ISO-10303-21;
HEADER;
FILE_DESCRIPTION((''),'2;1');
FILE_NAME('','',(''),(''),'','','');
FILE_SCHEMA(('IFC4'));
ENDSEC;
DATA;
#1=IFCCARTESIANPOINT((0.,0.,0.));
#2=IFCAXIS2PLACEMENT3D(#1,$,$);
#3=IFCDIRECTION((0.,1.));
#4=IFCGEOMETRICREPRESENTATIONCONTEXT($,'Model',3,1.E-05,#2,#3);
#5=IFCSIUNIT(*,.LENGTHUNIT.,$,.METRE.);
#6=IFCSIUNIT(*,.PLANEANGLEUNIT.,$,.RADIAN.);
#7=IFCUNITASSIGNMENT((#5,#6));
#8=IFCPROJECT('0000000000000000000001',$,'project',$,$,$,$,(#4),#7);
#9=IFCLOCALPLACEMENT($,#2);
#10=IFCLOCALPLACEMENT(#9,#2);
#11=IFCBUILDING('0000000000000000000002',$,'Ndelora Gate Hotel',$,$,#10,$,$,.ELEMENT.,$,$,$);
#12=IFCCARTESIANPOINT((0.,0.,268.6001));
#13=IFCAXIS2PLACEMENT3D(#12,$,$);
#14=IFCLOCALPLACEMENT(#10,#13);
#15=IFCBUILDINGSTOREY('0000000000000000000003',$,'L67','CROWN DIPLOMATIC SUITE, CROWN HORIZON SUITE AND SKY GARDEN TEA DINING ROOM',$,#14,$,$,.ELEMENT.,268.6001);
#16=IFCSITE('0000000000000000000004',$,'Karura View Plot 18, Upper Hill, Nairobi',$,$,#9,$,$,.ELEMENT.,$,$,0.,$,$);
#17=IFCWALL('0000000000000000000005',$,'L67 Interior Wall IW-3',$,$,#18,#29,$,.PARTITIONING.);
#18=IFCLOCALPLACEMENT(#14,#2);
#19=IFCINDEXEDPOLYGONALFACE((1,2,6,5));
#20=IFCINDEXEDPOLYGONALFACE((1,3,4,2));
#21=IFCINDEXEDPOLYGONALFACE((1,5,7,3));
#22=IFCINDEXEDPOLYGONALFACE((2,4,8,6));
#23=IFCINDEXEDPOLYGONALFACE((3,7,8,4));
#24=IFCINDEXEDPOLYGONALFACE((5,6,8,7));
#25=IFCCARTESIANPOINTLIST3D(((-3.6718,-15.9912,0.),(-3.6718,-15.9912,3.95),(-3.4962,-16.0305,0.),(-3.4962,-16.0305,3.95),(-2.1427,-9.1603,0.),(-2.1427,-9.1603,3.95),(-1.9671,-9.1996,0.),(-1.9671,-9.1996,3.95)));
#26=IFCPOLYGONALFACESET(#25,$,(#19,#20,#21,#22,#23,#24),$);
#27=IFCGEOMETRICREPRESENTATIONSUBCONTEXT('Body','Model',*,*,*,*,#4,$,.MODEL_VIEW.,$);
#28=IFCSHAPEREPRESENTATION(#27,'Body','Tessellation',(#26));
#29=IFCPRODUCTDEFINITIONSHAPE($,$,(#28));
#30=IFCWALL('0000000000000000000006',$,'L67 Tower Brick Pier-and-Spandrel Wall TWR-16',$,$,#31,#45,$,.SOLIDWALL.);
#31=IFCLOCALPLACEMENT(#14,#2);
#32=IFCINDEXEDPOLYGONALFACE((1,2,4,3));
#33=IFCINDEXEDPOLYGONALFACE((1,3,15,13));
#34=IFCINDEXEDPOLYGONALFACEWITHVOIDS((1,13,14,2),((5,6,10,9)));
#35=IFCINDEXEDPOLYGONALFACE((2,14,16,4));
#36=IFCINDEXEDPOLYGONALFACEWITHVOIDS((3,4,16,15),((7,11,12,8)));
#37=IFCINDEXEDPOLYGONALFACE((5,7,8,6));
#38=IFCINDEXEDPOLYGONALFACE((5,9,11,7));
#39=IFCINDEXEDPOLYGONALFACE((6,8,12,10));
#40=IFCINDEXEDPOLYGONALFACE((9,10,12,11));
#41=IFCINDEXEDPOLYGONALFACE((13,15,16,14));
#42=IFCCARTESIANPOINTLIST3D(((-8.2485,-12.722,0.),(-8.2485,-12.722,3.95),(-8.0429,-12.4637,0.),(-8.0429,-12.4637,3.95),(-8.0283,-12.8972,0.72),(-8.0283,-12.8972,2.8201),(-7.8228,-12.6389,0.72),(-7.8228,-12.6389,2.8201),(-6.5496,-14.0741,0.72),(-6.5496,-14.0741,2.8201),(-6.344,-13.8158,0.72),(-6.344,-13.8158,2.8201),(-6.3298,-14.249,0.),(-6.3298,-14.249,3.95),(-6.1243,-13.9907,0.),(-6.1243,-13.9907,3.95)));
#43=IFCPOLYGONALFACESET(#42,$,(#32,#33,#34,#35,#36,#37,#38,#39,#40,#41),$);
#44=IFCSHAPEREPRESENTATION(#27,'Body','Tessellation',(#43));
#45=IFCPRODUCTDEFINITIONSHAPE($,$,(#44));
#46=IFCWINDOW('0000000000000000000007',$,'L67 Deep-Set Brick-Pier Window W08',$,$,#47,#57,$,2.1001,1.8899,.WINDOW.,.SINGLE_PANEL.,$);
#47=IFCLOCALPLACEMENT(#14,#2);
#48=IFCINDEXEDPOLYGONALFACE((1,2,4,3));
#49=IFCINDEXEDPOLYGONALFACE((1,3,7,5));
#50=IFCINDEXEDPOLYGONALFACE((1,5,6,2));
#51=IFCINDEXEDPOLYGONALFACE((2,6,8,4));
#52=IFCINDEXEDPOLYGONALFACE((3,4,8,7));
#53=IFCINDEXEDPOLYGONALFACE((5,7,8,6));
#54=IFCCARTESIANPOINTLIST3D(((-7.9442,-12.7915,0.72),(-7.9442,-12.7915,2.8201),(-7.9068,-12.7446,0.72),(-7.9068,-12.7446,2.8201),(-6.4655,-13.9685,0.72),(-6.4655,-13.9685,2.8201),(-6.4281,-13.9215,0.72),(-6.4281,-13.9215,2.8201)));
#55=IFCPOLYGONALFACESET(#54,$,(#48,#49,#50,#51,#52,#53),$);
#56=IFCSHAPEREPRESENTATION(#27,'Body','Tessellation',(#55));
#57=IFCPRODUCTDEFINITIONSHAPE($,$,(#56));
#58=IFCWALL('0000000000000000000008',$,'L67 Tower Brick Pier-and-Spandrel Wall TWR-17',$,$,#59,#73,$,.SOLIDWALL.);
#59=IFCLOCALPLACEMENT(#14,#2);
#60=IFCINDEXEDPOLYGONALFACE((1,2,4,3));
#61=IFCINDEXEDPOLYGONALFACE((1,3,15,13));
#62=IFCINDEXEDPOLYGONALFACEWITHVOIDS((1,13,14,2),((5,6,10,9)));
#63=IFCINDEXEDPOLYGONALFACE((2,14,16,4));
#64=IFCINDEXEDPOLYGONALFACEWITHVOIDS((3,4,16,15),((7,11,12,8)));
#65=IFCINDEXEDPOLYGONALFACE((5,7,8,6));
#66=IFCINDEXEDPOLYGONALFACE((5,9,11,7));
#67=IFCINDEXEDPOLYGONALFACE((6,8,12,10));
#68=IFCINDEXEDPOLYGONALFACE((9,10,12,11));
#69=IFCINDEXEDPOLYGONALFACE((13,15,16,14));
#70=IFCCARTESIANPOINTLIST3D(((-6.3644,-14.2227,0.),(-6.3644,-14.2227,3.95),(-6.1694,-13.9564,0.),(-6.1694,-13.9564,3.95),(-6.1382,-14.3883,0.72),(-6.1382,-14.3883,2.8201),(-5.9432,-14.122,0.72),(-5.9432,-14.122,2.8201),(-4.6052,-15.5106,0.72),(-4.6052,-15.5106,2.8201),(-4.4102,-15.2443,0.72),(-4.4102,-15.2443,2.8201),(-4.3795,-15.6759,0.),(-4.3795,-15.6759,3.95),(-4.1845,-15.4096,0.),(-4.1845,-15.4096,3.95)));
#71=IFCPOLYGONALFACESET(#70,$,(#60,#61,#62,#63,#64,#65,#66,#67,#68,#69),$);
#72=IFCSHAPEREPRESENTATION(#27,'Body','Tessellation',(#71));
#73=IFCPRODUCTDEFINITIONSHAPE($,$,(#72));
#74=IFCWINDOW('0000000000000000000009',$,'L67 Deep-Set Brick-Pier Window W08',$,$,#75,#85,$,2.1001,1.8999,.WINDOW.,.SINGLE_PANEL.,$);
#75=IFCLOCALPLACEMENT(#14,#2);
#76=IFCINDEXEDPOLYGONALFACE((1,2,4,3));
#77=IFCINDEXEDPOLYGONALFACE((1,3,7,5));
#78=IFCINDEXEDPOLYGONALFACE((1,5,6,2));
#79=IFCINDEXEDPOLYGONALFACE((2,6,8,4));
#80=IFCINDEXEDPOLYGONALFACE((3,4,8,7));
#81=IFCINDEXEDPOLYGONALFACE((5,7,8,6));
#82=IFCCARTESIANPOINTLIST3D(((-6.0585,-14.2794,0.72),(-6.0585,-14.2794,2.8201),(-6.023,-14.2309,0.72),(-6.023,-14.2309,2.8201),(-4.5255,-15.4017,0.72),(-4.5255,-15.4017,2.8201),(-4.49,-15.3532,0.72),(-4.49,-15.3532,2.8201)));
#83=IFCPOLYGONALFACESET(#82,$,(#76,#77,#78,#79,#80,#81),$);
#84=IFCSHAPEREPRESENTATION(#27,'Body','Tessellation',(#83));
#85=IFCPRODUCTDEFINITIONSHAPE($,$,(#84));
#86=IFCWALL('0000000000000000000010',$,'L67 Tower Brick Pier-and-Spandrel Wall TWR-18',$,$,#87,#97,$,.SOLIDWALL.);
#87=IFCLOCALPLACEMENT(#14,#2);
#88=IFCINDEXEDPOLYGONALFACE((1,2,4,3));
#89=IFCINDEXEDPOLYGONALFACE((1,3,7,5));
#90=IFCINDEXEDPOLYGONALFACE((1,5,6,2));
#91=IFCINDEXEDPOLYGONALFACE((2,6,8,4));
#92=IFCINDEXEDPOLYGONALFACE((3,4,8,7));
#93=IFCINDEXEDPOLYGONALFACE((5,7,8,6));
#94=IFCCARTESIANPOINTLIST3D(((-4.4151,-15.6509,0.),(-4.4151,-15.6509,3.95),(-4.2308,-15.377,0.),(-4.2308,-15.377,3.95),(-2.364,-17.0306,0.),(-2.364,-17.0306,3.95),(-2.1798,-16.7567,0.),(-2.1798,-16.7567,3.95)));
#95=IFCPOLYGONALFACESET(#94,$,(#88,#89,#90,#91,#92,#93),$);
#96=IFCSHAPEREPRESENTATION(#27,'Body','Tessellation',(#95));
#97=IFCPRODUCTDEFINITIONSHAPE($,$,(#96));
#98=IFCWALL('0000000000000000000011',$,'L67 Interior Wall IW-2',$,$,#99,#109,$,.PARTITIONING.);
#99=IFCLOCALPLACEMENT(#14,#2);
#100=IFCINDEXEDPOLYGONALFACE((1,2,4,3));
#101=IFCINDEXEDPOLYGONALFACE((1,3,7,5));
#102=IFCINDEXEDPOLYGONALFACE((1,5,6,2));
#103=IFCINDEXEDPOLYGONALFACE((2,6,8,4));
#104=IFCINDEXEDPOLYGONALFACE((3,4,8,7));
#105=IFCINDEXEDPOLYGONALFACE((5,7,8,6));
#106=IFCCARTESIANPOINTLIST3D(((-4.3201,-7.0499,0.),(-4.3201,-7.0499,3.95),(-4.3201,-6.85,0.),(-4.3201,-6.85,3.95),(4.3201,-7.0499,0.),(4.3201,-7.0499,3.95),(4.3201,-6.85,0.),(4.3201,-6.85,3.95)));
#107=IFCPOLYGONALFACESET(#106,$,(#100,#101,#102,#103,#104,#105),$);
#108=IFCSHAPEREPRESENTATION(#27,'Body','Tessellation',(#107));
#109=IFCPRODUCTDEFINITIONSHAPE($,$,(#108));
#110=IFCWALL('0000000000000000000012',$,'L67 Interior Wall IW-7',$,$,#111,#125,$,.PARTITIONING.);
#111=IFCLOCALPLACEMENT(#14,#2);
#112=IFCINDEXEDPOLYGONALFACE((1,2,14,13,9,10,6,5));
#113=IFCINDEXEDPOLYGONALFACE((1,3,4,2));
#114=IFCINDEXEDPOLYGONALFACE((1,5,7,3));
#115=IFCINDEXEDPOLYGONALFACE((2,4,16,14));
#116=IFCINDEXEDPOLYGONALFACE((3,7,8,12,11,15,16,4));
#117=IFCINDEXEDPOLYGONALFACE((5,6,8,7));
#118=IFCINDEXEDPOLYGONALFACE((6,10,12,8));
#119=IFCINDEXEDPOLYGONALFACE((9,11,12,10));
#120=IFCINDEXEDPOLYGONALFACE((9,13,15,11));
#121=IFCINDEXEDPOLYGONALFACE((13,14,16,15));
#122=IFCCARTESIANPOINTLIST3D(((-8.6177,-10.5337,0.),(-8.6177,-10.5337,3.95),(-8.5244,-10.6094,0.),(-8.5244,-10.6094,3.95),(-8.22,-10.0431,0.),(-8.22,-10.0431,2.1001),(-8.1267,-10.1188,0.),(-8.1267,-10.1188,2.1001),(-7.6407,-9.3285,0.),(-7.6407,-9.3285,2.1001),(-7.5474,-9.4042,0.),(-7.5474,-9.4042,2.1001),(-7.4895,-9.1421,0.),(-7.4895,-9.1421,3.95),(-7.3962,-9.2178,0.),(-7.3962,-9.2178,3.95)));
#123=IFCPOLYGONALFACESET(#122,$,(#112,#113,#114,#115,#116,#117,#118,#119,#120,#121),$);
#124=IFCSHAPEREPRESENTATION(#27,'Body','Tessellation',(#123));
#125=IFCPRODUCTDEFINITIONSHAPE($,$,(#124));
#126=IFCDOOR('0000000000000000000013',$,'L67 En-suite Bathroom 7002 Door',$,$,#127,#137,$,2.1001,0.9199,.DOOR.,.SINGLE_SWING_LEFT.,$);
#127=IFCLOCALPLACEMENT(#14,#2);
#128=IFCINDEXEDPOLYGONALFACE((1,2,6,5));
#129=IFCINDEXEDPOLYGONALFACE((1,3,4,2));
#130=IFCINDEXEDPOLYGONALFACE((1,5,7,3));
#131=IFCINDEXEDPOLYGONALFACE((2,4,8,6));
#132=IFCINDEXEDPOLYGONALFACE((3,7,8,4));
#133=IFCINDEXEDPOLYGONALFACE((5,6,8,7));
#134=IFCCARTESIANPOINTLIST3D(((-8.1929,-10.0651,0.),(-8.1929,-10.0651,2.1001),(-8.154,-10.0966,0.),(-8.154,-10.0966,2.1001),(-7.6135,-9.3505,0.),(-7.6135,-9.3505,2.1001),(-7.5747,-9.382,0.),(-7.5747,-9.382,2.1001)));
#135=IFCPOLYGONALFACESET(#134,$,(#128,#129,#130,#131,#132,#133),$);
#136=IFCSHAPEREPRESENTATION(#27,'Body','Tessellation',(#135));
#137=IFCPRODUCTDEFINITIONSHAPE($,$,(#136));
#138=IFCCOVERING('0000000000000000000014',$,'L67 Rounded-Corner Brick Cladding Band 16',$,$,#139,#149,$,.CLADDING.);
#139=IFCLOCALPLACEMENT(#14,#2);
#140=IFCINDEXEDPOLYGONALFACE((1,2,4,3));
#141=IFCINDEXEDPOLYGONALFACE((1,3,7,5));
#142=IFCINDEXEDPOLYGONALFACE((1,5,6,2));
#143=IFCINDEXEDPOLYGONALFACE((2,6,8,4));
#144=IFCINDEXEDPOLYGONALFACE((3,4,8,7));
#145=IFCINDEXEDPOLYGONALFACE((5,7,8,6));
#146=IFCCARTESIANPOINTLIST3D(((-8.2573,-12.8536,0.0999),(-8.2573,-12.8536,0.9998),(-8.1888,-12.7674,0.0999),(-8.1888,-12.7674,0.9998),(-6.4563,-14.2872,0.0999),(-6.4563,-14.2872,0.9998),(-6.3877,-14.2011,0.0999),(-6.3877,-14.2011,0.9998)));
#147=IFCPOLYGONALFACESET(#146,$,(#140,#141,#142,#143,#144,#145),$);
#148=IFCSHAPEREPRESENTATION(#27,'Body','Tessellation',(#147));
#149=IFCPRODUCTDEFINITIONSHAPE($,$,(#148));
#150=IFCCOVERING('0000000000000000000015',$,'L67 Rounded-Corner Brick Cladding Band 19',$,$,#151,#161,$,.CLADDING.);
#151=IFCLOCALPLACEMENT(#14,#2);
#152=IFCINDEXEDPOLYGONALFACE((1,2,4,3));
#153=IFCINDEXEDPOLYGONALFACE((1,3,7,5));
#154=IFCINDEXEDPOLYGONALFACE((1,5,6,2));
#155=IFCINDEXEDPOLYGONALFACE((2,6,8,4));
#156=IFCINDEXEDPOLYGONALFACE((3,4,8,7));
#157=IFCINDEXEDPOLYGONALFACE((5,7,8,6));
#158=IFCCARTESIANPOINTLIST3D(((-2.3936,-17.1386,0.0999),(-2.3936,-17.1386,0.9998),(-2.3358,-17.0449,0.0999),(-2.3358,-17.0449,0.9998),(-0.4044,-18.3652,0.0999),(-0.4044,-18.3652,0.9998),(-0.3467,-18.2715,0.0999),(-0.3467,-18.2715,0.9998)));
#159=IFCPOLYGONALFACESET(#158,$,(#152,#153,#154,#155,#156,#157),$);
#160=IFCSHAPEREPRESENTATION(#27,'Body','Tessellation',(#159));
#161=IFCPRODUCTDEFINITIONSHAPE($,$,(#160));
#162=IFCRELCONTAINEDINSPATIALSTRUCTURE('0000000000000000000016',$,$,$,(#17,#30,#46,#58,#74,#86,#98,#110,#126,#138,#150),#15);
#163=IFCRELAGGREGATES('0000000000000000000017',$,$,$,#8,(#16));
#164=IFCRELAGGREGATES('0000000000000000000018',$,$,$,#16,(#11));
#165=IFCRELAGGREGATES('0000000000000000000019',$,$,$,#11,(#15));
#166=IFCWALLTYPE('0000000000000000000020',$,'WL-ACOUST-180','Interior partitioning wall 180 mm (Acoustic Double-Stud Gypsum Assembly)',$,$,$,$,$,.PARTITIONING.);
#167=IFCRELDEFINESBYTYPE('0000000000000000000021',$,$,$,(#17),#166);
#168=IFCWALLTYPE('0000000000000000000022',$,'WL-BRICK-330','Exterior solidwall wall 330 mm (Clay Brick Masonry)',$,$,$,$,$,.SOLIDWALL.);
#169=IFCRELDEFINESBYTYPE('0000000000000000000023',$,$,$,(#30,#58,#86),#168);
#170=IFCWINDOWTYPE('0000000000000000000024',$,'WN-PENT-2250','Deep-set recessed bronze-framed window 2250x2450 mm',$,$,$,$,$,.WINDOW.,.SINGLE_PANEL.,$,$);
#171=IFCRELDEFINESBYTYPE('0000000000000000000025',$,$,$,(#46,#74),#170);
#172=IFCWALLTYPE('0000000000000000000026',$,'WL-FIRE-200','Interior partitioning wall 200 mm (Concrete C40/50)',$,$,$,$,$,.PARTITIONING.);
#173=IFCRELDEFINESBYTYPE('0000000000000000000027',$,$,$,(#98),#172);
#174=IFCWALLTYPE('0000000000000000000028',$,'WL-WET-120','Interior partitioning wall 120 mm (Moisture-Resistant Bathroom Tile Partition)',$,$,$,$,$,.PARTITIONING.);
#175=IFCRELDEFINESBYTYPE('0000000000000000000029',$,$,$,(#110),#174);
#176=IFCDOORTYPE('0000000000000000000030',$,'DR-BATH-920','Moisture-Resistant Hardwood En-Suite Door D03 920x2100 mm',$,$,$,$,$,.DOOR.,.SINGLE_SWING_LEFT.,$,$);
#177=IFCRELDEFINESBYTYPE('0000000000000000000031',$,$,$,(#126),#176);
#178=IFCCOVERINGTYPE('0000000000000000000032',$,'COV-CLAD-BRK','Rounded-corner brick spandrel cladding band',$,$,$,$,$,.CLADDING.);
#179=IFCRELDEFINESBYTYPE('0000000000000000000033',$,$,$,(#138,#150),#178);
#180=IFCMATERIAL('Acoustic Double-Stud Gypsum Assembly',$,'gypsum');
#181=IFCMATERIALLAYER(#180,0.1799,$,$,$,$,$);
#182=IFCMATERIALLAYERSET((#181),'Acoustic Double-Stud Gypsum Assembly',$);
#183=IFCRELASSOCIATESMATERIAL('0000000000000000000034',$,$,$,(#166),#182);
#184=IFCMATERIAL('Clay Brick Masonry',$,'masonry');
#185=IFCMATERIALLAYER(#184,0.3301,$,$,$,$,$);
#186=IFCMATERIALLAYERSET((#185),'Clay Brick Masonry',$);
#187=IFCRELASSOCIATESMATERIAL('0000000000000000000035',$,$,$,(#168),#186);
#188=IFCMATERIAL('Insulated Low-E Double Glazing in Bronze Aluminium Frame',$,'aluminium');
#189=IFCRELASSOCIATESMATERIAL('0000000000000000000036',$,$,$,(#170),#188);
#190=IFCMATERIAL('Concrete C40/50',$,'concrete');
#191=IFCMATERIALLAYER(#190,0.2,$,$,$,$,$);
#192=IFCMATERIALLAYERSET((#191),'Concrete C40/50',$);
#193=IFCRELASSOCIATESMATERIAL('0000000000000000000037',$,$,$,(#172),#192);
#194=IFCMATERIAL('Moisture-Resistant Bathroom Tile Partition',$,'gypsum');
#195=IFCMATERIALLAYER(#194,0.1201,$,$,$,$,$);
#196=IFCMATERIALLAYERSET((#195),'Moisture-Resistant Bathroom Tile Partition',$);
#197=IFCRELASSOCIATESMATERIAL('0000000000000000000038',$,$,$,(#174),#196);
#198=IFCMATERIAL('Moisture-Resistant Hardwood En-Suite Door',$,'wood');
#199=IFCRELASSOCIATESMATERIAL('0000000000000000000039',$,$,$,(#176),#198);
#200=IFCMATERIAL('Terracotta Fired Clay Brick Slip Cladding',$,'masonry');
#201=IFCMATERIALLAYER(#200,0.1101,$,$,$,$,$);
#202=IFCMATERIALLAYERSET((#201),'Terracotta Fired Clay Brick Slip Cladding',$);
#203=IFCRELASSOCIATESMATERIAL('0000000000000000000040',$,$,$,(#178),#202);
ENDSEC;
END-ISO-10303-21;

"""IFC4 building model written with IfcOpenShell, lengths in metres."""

from ifc_helpers import new_model, si_unit, direction, frame, frame_2d, origin, origin_2d, place, context, subcontext, project, spatial, rectangle, extrude, material, layer, layer_set, type_object, element, fill, save


model = new_model("IFC4")

# Units and contexts
model_context = context("Model", 3, precision=1e-05, world=origin(), true_north=direction((0.0, 1.0)))
body_context = subcontext(model_context, "Body", "Model", "MODEL_VIEW")
ifc_project = project(units=[si_unit("LENGTHUNIT", "METRE"), si_unit("PLANEANGLEUNIT", "RADIAN")], contexts=[model_context])

# Site, building, storey
site_placement = place(None, origin())
site = spatial("IfcSite", under=ifc_project, at=site_placement, Name="Karura View Plot 18, Upper Hill, Nairobi", CompositionType="ELEMENT", RefElevation=0.0)
building_placement = place(site_placement, origin())
building = spatial("IfcBuilding", under=site, at=building_placement, Name="Ndelora Gate Hotel", CompositionType="ELEMENT")
storey_placement = place(building_placement, frame((0.0, 0.0, 268.6001)))
storey = spatial("IfcBuildingStorey", under=building, at=storey_placement, Name="L67", Description="CROWN DIPLOMATIC SUITE, CROWN HORIZON SUITE AND SKY GARDEN TEA DINING ROOM", CompositionType="ELEMENT", Elevation=268.6001)

# Wall
ifc_material_1 = material(Name="Acoustic Double-Stud Gypsum Assembly", Category="gypsum")
ifc_layer_1 = layer(ifc_material_1, 0.1799)
ifc_layer_set_1 = layer_set([ifc_layer_1], Name="Acoustic Double-Stud Gypsum Assembly")
wall_type_1 = type_object("IfcWallType", Name="WL-ACOUST-180", Description="Interior partitioning wall 180 mm (Acoustic Double-Stud Gypsum Assembly)", PredefinedType="PARTITIONING", material=ifc_layer_set_1)
wall_1_placement = place(storey_placement, frame((-2.0549, -9.1799, 0.0), z_axis=(0.0, 0.0, 1.0), x_axis=(-0.218433, -0.975852, 0.0)))
element("IfcWall", 1, at=wall_1_placement, inside=storey, type_object=wall_type_1, Name="L67 Interior Wall IW-3", PredefinedType="PARTITIONING", context=body_context, shape_type="SweptSolid", body=[
    extrude(rectangle(XDim=7.0, YDim=0.1799, at=frame_2d((3.5, 0.0))), origin(), (0.0, 0.0, 1.0), 3.95),
])

# Walls, openings, windows
ifc_material_2 = material(Name="Clay Brick Masonry", Category="masonry")
ifc_layer_2 = layer(ifc_material_2, 0.3301)
ifc_layer_set_2 = layer_set([ifc_layer_2], Name="Clay Brick Masonry")
wall_type_2 = type_object("IfcWallType", Name="WL-BRICK-330", Description="Exterior solidwall wall 330 mm (Clay Brick Masonry)", PredefinedType="SOLIDWALL", material=ifc_layer_set_2)
wall_2_placement = place(storey_placement, frame((-6.2271, -14.1199, 0.0), z_axis=(0.0, 0.0, 1.0), x_axis=(-0.78243, 0.622738, 0.0)))
wall_2 = element("IfcWall", 2, at=wall_2_placement, inside=storey, type_object=wall_type_2, Name="L67 Tower Brick Pier-and-Spandrel Wall TWR-16", PredefinedType="SOLIDWALL", context=body_context, shape_type="SweptSolid", body=[
    extrude(rectangle(XDim=2.4521, YDim=0.3301, at=frame_2d((1.2261, 0.0))), origin(), (0.0, 0.0, 1.0), 3.95),
])
opening_1_placement = place(wall_2_placement, frame((0.281, 0.0, 0.72)))
opening_1 = element("IfcOpeningElement", 3, at=opening_1_placement, cuts=wall_2, PredefinedType="OPENING", context=body_context, shape_type="SweptSolid", body=[
    extrude(rectangle(XDim=1.8899, YDim=2.1001, at=frame_2d((0.9448, 1.05))), frame((0.0, 0.175, 0.0), z_axis=(0.0, -1.0, 0.0), x_axis=(1.0, 0.0, 0.0)), (0.0, 0.0, 1.0), 0.3501),
])
ifc_material_3 = material(Name="Insulated Low-E Double Glazing in Bronze Aluminium Frame", Category="aluminium")
window_type = type_object("IfcWindowType", Name="WN-PENT-2250", Description="Deep-set recessed bronze-framed window 2250x2450 mm", PartitioningType="SINGLE_PANEL", PredefinedType="WINDOW", material=ifc_material_3)
window_1_placement = place(opening_1_placement, origin())
window_1 = element("IfcWindow", 4, at=window_1_placement, inside=storey, type_object=window_type, Name="L67 Deep-Set Brick-Pier Window W08", OverallHeight=2.1001, OverallWidth=1.8899, PartitioningType="SINGLE_PANEL", PredefinedType="WINDOW", context=body_context, shape_type="SweptSolid", body=[
    extrude(rectangle(XDim=1.8899, YDim=2.1001, at=frame_2d((0.9448, 1.05))), frame((0.0, 0.03, 0.0), z_axis=(0.0, -1.0, 0.0), x_axis=(1.0, 0.0, 0.0)), (0.0, 0.0, 1.0), 0.0601),
])
fill(opening_1, window_1)
wall_3_placement = place(storey_placement, frame((-4.282, -15.5427, 0.0), z_axis=(0.0, 0.0, 1.0), x_axis=(-0.806878, 0.590718, 0.0)))
wall_3 = element("IfcWall", 5, at=wall_3_placement, inside=storey, type_object=wall_type_2, Name="L67 Tower Brick Pier-and-Spandrel Wall TWR-17", PredefinedType="SOLIDWALL", context=body_context, shape_type="SweptSolid", body=[
    extrude(rectangle(XDim=2.46, YDim=0.3301, at=frame_2d((1.23, 0.0))), origin(), (0.0, 0.0, 1.0), 3.95),
])
opening_2_placement = place(wall_3_placement, frame((0.2798, 0.0, 0.72)))
opening_2 = element("IfcOpeningElement", 6, at=opening_2_placement, cuts=wall_3, PredefinedType="OPENING", context=body_context, shape_type="SweptSolid", body=[
    extrude(rectangle(XDim=1.8999, YDim=2.1001, at=frame_2d((0.95, 1.05))), frame((0.0, 0.175, 0.0), z_axis=(0.0, -1.0, 0.0), x_axis=(1.0, 0.0, 0.0)), (0.0, 0.0, 1.0), 0.3501),
])
window_2_placement = place(opening_2_placement, origin())
window_2 = element("IfcWindow", 7, at=window_2_placement, inside=storey, type_object=window_type, Name="L67 Deep-Set Brick-Pier Window W08", OverallHeight=2.1001, OverallWidth=1.8999, PartitioningType="SINGLE_PANEL", PredefinedType="WINDOW", context=body_context, shape_type="SweptSolid", body=[
    extrude(rectangle(XDim=1.8999, YDim=2.1001, at=frame_2d((0.95, 1.05))), frame((0.0, 0.03, 0.0), z_axis=(0.0, -1.0, 0.0), x_axis=(1.0, 0.0, 0.0)), (0.0, 0.0, 1.0), 0.0601),
])
fill(opening_2, window_2)

# Walls
wall_4_placement = place(storey_placement, frame((-2.272, -16.8936, 0.0), z_axis=(0.0, 0.0, 1.0), x_axis=(-0.829749, 0.558137, 0.0)))
element("IfcWall", 8, at=wall_4_placement, inside=storey, type_object=wall_type_2, Name="L67 Tower Brick Pier-and-Spandrel Wall TWR-18", PredefinedType="SOLIDWALL", context=body_context, shape_type="SweptSolid", body=[
    extrude(rectangle(XDim=2.4719, YDim=0.3301, at=frame_2d((1.2358, 0.0))), origin(), (0.0, 0.0, 1.0), 3.95),
])
ifc_material_4 = material(Name="Concrete C40/50", Category="concrete")
ifc_layer_3 = layer(ifc_material_4, 0.2)
ifc_layer_set_3 = layer_set([ifc_layer_3], Name="Concrete C40/50")
wall_type_3 = type_object("IfcWallType", Name="WL-FIRE-200", Description="Interior partitioning wall 200 mm (Concrete C40/50)", PredefinedType="PARTITIONING", material=ifc_layer_set_3)
wall_5_placement = place(storey_placement, frame((-4.3201, -6.95, 0.0), z_axis=(0.0, 0.0, 1.0), x_axis=(1.0, 0.0, 0.0)))
element("IfcWall", 9, at=wall_5_placement, inside=storey, type_object=wall_type_3, Name="L67 Interior Wall IW-2", PredefinedType="PARTITIONING", context=body_context, shape_type="SweptSolid", body=[
    extrude(rectangle(XDim=8.6401, YDim=0.2, at=frame_2d((4.3201, 0.0))), origin(), (0.0, 0.0, 1.0), 3.95),
])

# Wall, opening, door
ifc_material_5 = material(Name="Moisture-Resistant Bathroom Tile Partition", Category="gypsum")
ifc_layer_4 = layer(ifc_material_5, 0.1201)
ifc_layer_set_4 = layer_set([ifc_layer_4], Name="Moisture-Resistant Bathroom Tile Partition")
wall_type_4 = type_object("IfcWallType", Name="WL-WET-120", Description="Interior partitioning wall 120 mm (Moisture-Resistant Bathroom Tile Partition)", PredefinedType="PARTITIONING", material=ifc_layer_set_4)
wall_6_placement = place(storey_placement, frame((-7.4429, -9.1799, 0.0), z_axis=(0.0, 0.0, 1.0), x_axis=(-0.629751, -0.776797, 0.0)))
wall_6 = element("IfcWall", 10, at=wall_6_placement, inside=storey, type_object=wall_type_4, Name="L67 Interior Wall IW-7", PredefinedType="PARTITIONING", context=body_context, shape_type="SweptSolid", body=[
    extrude(rectangle(XDim=1.7915, YDim=0.1201, at=frame_2d((0.8958, 0.0))), origin(), (0.0, 0.0, 1.0), 3.95),
])
opening_3_placement = place(wall_6_placement, frame((0.24, 0.0, 0.0)))
opening_3 = element("IfcOpeningElement", 11, at=opening_3_placement, cuts=wall_6, PredefinedType="OPENING", context=body_context, shape_type="SweptSolid", body=[
    extrude(rectangle(XDim=0.9199, YDim=2.1001, at=frame_2d((0.46, 1.05))), frame((0.0, 0.0701, 0.0), z_axis=(0.0, -1.0, 0.0), x_axis=(1.0, 0.0, 0.0)), (0.0, 0.0, 1.0), 0.1401),
])
ifc_material_6 = material(Name="Moisture-Resistant Hardwood En-Suite Door", Category="wood")
door_type = type_object("IfcDoorType", Name="DR-BATH-920", Description="Moisture-Resistant Hardwood En-Suite Door D03 920x2100 mm", OperationType="SINGLE_SWING_LEFT", PredefinedType="DOOR", material=ifc_material_6)
door_placement = place(opening_3_placement, origin())
door = element("IfcDoor", 12, at=door_placement, inside=storey, type_object=door_type, Name="L67 En-suite Bathroom 7002 Door", OperationType="SINGLE_SWING_LEFT", OverallHeight=2.1001, OverallWidth=0.9199, PredefinedType="DOOR", context=body_context, shape_type="SweptSolid", body=[
    extrude(rectangle(XDim=0.9199, YDim=2.1001, at=frame_2d((0.46, 1.05))), frame((0.0, 0.0249, 0.0), z_axis=(0.0, -1.0, 0.0), x_axis=(1.0, 0.0, 0.0)), (0.0, 0.0, 1.0), 0.05),
])
fill(opening_3, door)

# Coverings
ifc_material_7 = material(Name="Terracotta Fired Clay Brick Slip Cladding", Category="masonry")
ifc_layer_5 = layer(ifc_material_7, 0.1101)
ifc_layer_set_5 = layer_set([ifc_layer_5], Name="Terracotta Fired Clay Brick Slip Cladding")
covering_type_1 = type_object("IfcCoveringType", Name="COV-CLAD-BRK", Description="Rounded-corner brick spandrel cladding band", PredefinedType="CLADDING", material=ifc_layer_set_5)
covering_1_placement = place(storey_placement, frame((-7.3225, -13.5273, 0.0999), z_axis=(0.0, 0.0, 1.0), x_axis=(-0.782391, 0.622788, 0.0)))
element("IfcCovering", 13, at=covering_1_placement, inside=storey, type_object=covering_type_1, Name="L67 Rounded-Corner Brick Cladding Band 16", PredefinedType="CLADDING", context=body_context, shape_type="SweptSolid", body=[
    extrude(rectangle(XDim=2.302, YDim=0.1101, at=origin_2d()), origin(), (0.0, 0.0, 1.0), 0.8999),
])
covering_2_placement = place(storey_placement, frame((-1.3701, -17.7051, 0.0999), z_axis=(0.0, 0.0, 1.0), x_axis=(-0.851178, 0.524878, 0.0)))
element("IfcCovering", 14, at=covering_2_placement, inside=storey, type_object=covering_type_1, Name="L67 Rounded-Corner Brick Cladding Band 19", PredefinedType="CLADDING", context=body_context, shape_type="SweptSolid", body=[
    extrude(rectangle(XDim=2.3369, YDim=0.1101, at=origin_2d()), origin(), (0.0, 0.0, 1.0), 0.8999),
])

save(model, "model.ifc")
